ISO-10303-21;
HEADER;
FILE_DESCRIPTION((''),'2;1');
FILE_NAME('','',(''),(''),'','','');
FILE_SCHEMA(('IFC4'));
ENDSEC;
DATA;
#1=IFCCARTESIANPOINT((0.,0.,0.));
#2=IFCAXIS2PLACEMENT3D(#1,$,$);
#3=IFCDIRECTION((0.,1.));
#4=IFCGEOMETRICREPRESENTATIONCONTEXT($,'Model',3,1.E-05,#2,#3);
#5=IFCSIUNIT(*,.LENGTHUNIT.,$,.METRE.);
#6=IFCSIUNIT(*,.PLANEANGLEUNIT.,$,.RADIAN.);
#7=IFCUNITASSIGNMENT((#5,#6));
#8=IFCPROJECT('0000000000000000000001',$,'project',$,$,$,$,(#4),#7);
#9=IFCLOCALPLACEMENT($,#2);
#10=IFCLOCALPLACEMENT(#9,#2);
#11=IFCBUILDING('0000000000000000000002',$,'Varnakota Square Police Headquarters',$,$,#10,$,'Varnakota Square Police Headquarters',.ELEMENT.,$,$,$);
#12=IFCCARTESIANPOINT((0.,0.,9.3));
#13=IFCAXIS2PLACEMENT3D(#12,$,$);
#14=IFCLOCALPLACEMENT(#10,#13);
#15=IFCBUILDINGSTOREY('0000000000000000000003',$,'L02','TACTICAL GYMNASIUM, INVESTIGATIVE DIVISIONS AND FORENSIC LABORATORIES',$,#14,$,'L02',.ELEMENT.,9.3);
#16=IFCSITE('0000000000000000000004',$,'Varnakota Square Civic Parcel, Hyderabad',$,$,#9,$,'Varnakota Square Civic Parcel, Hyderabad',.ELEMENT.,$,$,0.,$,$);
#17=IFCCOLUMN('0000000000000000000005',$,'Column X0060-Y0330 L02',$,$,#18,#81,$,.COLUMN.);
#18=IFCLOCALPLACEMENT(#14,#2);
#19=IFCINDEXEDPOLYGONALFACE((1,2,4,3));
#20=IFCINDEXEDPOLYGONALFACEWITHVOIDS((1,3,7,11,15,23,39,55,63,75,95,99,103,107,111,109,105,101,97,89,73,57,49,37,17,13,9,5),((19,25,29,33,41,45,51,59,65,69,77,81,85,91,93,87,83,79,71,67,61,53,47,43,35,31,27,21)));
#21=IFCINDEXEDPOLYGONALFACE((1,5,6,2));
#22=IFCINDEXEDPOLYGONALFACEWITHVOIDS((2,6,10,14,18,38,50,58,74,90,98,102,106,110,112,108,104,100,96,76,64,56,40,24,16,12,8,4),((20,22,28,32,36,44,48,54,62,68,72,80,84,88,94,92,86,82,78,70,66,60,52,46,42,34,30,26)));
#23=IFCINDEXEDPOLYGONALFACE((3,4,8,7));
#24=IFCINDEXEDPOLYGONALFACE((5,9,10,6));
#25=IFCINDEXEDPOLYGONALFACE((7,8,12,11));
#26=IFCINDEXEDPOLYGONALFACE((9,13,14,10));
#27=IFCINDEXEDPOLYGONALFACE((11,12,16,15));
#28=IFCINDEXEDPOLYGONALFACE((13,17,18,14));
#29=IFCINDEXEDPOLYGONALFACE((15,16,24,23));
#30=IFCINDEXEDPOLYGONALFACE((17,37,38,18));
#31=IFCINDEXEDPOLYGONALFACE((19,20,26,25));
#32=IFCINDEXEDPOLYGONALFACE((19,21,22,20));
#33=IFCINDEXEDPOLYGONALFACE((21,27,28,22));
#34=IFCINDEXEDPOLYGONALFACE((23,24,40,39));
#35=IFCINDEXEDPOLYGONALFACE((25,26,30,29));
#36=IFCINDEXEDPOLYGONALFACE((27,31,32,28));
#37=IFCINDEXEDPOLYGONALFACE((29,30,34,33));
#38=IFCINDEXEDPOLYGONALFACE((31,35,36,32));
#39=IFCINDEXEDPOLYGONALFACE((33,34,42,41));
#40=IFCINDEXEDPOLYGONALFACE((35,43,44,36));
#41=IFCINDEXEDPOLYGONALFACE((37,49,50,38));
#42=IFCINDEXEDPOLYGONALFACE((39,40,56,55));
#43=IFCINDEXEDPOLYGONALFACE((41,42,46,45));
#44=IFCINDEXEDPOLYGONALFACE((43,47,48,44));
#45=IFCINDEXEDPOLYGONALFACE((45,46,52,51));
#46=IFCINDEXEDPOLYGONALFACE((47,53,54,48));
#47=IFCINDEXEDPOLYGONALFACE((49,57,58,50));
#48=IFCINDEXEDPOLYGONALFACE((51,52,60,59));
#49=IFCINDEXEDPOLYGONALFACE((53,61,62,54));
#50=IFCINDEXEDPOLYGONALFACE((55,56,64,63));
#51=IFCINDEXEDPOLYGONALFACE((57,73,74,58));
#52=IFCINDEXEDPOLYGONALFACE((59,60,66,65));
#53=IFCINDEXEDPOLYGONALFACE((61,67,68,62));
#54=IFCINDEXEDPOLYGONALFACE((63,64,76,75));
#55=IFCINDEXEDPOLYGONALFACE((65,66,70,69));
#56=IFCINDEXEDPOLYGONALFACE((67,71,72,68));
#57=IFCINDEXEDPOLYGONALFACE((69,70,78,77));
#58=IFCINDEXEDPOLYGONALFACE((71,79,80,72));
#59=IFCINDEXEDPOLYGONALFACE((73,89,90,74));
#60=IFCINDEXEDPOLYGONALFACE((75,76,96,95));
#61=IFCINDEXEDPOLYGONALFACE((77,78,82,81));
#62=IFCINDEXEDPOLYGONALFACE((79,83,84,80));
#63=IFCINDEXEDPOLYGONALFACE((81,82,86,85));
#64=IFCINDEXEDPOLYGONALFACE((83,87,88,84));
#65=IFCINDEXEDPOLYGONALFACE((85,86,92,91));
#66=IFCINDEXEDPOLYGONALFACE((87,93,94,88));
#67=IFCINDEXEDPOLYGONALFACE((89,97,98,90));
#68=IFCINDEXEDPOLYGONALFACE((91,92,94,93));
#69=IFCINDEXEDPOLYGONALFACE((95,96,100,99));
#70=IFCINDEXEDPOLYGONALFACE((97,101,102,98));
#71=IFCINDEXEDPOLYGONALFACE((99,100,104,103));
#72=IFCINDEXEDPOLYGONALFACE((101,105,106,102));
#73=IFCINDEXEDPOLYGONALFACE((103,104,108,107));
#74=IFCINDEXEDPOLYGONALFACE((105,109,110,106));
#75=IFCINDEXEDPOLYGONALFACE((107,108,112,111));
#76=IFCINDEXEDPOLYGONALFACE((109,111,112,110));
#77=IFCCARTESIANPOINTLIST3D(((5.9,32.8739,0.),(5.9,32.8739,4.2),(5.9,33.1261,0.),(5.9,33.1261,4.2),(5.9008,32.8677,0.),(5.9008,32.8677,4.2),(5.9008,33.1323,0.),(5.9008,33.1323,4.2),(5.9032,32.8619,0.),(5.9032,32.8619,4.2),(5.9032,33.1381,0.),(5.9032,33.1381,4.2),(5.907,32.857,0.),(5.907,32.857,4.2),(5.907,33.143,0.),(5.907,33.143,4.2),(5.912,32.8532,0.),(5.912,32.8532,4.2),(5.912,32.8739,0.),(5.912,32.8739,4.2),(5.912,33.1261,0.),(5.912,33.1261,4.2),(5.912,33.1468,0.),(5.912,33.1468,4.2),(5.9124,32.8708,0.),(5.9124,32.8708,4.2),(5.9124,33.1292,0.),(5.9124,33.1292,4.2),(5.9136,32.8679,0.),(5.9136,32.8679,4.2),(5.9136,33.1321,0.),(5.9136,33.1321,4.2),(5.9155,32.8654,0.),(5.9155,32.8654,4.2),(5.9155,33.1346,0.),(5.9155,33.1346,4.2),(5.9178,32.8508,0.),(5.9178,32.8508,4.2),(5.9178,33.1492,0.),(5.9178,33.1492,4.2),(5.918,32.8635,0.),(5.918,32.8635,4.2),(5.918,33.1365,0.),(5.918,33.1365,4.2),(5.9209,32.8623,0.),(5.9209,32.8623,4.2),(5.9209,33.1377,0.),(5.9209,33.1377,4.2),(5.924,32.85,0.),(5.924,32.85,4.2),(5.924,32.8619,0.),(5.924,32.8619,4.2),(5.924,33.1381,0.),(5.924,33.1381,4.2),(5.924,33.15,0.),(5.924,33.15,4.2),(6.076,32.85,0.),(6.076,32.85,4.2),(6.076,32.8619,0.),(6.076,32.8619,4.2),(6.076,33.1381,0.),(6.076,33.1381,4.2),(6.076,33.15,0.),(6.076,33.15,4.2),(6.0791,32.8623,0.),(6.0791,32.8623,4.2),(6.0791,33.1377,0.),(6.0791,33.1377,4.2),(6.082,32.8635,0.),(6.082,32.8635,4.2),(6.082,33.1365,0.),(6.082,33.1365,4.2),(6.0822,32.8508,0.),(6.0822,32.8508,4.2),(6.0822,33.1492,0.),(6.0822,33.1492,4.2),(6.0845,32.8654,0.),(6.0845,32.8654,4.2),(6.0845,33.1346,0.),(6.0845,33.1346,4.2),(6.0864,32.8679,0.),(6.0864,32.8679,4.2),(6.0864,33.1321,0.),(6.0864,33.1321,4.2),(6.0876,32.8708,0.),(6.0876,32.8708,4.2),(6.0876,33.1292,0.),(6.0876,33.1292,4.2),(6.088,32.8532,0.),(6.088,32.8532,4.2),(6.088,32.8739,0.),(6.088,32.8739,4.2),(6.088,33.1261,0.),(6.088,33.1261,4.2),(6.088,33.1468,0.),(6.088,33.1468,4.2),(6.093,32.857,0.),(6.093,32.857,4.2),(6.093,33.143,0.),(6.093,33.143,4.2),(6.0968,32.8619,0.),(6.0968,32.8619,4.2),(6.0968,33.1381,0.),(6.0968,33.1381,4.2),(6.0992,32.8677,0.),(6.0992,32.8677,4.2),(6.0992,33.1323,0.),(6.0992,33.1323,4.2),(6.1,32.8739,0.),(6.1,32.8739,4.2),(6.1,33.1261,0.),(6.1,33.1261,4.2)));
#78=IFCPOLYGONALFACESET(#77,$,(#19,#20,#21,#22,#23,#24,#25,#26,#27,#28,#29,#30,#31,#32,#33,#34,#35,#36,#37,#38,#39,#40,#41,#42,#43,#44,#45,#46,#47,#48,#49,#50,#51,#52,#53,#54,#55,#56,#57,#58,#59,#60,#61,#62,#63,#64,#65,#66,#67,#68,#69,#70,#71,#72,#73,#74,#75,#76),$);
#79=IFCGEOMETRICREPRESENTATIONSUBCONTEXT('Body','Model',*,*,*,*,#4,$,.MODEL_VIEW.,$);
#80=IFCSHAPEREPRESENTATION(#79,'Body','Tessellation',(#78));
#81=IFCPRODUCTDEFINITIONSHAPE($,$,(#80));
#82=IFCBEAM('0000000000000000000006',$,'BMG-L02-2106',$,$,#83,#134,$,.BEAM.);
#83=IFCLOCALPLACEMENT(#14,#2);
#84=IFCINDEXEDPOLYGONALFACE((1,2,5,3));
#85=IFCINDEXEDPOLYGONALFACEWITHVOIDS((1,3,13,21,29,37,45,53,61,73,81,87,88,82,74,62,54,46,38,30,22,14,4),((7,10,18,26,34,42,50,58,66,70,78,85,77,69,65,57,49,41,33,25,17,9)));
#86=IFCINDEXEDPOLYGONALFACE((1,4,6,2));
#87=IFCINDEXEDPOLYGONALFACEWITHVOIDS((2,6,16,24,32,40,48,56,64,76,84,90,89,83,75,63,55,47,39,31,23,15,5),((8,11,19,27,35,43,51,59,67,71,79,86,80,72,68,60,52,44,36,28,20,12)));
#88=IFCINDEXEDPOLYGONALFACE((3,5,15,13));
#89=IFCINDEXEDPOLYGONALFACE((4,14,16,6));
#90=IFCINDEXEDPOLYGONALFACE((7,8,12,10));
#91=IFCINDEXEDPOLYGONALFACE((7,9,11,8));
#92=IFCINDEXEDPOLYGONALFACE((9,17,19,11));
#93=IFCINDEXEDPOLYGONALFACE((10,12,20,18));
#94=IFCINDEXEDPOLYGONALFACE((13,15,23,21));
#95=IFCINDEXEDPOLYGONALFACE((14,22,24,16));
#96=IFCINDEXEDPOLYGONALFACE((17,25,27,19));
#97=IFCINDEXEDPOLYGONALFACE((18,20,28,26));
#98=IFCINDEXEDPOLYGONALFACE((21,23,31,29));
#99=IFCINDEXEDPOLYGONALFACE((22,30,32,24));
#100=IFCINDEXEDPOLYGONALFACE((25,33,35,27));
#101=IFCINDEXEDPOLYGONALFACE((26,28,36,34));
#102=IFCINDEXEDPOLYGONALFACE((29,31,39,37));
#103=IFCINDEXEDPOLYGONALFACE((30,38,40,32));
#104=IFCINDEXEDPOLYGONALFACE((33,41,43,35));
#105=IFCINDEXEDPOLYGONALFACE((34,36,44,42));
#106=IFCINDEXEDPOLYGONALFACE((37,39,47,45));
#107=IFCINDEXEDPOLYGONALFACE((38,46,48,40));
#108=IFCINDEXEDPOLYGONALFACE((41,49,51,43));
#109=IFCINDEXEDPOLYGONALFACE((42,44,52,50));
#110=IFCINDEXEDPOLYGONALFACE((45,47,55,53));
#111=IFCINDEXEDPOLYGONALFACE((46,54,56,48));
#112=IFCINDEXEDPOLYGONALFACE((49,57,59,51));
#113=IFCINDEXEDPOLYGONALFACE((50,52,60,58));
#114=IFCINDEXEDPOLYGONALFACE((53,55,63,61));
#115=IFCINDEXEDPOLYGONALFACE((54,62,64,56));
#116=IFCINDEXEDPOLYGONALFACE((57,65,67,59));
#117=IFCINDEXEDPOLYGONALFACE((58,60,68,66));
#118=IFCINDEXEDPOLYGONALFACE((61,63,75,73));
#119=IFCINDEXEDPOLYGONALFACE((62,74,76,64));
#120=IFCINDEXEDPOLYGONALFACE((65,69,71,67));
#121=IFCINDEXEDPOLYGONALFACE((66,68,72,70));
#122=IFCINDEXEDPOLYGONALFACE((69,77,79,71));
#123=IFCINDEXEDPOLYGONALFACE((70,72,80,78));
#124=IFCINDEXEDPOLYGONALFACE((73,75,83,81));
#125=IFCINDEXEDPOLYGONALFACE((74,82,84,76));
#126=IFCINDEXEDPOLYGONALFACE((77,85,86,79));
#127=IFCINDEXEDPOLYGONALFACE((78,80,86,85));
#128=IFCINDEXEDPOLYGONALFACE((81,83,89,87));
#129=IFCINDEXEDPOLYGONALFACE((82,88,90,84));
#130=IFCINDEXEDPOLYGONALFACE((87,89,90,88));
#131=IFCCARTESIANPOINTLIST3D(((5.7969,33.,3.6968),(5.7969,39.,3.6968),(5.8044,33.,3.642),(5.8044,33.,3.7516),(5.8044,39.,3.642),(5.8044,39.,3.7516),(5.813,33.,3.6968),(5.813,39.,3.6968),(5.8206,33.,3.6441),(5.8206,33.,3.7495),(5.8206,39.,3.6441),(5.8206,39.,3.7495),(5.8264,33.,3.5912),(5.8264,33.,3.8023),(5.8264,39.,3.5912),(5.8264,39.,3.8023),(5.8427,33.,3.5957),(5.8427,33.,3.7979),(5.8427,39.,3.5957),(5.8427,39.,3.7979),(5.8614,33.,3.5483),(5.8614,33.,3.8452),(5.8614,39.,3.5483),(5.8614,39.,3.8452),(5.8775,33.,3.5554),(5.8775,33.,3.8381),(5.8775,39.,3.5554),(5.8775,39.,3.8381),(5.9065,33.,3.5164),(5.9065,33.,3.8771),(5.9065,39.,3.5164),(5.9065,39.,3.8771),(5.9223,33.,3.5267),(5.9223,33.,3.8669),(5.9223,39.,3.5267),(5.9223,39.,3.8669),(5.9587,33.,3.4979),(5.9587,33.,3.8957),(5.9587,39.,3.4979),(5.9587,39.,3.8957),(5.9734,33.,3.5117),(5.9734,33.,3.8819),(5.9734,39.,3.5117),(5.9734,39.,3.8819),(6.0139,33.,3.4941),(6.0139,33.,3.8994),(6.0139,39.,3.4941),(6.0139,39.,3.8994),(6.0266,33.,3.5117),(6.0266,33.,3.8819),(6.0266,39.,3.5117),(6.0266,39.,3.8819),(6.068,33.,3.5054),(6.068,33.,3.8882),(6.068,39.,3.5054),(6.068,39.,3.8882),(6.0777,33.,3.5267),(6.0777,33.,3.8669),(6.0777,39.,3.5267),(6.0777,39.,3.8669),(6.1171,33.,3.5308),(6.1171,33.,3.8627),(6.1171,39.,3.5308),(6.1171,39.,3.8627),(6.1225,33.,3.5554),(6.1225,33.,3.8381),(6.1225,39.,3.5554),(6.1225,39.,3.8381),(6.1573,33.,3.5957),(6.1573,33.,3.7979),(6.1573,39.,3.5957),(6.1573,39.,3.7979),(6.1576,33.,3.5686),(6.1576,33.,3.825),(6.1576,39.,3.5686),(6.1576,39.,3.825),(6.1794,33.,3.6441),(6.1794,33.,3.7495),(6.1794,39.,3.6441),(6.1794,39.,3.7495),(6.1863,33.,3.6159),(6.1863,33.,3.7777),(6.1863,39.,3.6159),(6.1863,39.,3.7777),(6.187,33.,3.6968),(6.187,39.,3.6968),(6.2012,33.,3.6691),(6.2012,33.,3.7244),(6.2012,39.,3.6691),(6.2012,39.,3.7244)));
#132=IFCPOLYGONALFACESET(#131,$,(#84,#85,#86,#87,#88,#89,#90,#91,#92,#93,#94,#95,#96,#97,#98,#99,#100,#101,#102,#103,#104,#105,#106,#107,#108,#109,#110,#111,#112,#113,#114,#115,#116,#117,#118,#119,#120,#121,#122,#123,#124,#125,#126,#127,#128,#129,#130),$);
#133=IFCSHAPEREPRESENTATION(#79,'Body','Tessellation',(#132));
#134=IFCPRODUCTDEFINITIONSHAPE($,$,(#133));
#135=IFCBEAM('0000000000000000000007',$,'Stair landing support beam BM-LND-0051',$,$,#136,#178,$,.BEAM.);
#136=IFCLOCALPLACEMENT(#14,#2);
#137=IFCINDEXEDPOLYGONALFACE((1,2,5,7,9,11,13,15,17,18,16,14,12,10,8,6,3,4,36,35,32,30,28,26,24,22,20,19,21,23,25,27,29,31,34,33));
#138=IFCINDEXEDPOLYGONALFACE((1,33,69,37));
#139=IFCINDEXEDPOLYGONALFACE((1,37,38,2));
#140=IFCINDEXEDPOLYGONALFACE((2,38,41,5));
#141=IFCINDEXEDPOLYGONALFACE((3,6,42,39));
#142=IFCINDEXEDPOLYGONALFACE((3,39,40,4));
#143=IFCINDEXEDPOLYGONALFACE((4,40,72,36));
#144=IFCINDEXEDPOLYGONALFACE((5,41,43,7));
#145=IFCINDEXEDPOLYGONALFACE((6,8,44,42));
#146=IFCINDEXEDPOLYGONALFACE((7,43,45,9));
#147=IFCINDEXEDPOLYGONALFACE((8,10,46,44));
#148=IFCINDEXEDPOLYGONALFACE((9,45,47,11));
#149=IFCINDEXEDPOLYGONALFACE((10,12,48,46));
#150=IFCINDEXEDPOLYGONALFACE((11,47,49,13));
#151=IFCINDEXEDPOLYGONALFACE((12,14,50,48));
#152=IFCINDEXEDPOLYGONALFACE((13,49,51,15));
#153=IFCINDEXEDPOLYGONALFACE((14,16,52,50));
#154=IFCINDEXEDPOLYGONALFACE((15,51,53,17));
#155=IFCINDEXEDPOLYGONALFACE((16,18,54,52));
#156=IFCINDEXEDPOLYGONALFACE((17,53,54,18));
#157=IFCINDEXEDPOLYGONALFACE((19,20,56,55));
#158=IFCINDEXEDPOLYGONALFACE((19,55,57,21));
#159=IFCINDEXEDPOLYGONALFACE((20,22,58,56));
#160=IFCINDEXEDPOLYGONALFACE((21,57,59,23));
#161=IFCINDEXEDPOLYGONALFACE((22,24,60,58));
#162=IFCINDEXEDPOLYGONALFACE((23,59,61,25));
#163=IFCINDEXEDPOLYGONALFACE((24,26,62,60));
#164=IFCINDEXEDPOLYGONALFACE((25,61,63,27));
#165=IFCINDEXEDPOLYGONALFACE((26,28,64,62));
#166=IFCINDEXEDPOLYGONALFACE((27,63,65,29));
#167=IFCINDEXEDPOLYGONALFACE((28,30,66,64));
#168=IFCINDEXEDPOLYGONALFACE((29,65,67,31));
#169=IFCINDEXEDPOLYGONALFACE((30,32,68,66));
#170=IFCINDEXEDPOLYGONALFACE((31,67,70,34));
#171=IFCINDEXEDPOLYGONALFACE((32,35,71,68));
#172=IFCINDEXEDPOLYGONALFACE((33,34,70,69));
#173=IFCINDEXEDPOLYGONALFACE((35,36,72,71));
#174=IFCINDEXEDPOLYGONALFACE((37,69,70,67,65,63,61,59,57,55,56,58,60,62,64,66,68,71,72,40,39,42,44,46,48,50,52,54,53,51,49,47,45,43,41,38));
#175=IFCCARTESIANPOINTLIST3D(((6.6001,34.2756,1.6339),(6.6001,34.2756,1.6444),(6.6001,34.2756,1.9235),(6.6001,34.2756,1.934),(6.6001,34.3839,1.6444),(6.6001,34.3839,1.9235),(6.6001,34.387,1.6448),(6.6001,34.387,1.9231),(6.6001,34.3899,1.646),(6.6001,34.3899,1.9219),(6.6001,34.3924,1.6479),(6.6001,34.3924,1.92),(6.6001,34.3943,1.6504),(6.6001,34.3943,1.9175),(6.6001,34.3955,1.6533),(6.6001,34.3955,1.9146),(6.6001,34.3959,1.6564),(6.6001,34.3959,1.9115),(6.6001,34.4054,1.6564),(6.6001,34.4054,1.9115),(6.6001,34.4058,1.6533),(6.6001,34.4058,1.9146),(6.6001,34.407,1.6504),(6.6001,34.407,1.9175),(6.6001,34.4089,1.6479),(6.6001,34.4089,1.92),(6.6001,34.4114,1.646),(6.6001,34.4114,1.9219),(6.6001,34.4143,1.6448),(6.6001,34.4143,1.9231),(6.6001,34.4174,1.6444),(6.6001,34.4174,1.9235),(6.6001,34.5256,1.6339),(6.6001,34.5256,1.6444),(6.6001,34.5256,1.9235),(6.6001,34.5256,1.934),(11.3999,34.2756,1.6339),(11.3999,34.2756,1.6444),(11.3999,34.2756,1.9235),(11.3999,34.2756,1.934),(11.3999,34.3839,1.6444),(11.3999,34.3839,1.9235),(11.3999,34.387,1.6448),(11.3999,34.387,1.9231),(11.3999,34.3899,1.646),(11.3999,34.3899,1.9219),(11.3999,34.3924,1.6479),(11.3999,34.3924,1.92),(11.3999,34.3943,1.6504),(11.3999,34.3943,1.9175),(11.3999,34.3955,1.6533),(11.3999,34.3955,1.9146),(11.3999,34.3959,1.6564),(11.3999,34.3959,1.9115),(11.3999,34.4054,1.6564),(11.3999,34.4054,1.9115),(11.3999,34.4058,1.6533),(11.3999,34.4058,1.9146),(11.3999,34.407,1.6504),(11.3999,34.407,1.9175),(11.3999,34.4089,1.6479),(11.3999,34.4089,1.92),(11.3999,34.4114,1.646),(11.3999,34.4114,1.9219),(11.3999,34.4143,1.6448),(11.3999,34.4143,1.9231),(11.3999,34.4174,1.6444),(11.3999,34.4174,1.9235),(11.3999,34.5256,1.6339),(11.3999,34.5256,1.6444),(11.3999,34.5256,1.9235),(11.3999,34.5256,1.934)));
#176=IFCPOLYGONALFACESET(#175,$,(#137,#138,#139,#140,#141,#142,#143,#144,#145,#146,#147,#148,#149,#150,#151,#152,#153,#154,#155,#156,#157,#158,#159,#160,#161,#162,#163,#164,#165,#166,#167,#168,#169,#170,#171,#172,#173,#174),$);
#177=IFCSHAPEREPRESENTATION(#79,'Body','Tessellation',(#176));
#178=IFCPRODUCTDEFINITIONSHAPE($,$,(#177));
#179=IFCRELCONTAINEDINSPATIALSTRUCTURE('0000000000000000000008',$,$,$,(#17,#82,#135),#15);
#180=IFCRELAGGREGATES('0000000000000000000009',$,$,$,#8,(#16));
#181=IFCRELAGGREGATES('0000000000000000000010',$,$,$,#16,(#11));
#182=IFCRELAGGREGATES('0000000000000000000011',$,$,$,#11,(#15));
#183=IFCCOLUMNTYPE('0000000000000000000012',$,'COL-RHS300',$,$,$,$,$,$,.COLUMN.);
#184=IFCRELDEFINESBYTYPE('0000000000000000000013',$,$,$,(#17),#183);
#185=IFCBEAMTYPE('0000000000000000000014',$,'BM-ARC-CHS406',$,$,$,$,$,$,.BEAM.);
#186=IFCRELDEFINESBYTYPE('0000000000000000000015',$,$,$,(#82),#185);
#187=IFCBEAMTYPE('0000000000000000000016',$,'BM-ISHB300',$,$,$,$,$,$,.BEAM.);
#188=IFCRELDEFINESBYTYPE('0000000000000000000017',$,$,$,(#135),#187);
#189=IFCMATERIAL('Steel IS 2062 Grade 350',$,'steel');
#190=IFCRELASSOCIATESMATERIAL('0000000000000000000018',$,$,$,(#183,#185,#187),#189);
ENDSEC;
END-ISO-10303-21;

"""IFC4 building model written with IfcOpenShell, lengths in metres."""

from ifc_helpers import new_model, si_unit, direction, frame, origin, origin_2d, place, context, subcontext, project, spatial, hollow_rectangle, hollow_circle, i_section, extrude, material, material_profile, profile_set, type_object, element, save


model = new_model("IFC4")

# Units and contexts
model_context = context("Model", 3, precision=1e-05, world=origin(), true_north=direction((0.0, 1.0)))
body_context = subcontext(model_context, "Body", "Model", "MODEL_VIEW")
ifc_project = project(units=[si_unit("LENGTHUNIT", "METRE"), si_unit("PLANEANGLEUNIT", "RADIAN")], contexts=[model_context])

# Site, building, storey
site_placement = place(None, origin())
site = spatial("IfcSite", under=ifc_project, at=site_placement, Name="Varnakota Square Civic Parcel, Hyderabad", LongName="Varnakota Square Civic Parcel, Hyderabad", CompositionType="ELEMENT", RefElevation=0.0)
building_placement = place(site_placement, origin())
building = spatial("IfcBuilding", under=site, at=building_placement, Name="Varnakota Square Police Headquarters", LongName="Varnakota Square Police Headquarters", CompositionType="ELEMENT")
storey_placement = place(building_placement, frame((0.0, 0.0, 9.3)))
storey = spatial("IfcBuildingStorey", under=building, at=storey_placement, Name="L02", Description="TACTICAL GYMNASIUM, INVESTIGATIVE DIVISIONS AND FORENSIC LABORATORIES", LongName="L02", CompositionType="ELEMENT", Elevation=9.3)

# Column
ifc_material_1 = material(Name="Steel IS 2062 Grade 350", Category="steel")
ifc_material_profile_1 = material_profile(ifc_material_1, hollow_rectangle(XDim=0.2, YDim=0.3, WallThickness=0.012, InnerFilletRadius=0.012, OuterFilletRadius=0.0239, at=origin_2d()), Name="RHS 300x200x12")
ifc_profile_set_1 = profile_set([ifc_material_profile_1], Name="Steel IS 2062 Grade 350")
column_type = type_object("IfcColumnType", Name="COL-RHS300", PredefinedType="COLUMN", material=ifc_profile_set_1)
column_placement = place(storey_placement, frame((6.0, 33.0, 0.0), z_axis=(0.0, 0.0, 1.0), x_axis=(1.0, 0.0, 0.0)))
element("IfcColumn", 1, at=column_placement, inside=storey, type_object=column_type, Name="Column X0060-Y0330 L02", PredefinedType="COLUMN", context=body_context, shape_type="SweptSolid", body=[
    extrude(hollow_rectangle(XDim=0.2, YDim=0.3, WallThickness=0.012, InnerFilletRadius=0.012, OuterFilletRadius=0.0239, at=origin_2d()), origin(), (0.0, 0.0, 1.0), 4.2),
])

# Beams
ifc_material_profile_2 = material_profile(ifc_material_1, hollow_circle(Radius=0.2031, WallThickness=0.0161, at=origin_2d()), Name="CHS 406.4x16.0")
ifc_profile_set_2 = profile_set([ifc_material_profile_2], Name="Steel IS 2062 Grade 350")
beam_type_1 = type_object("IfcBeamType", Name="BM-ARC-CHS406", PredefinedType="BEAM", material=ifc_profile_set_2)
beam_placement = place(storey_placement, frame((6.0, 33.0, 3.6968), z_axis=(0.0, 1.0, 0.0), x_axis=(-1.0, 0.0, 0.0)))
element("IfcBeam", 2, at=beam_placement, inside=storey, type_object=beam_type_1, Name="BMG-L02-2106", PredefinedType="BEAM", context=body_context, shape_type="SweptSolid", body=[
    extrude(hollow_circle(Radius=0.2031, WallThickness=0.0161, at=origin_2d()), origin(), (0.0, 0.0, 1.0), 6.0),
])
ifc_material_profile_3 = material_profile(ifc_material_1, i_section(OverallWidth=0.25, OverallDepth=0.3, WebThickness=0.0095, FlangeThickness=0.0105, FilletRadius=0.012, at=origin_2d()), Name="ISHB 300")
ifc_profile_set_3 = profile_set([ifc_material_profile_3], Name="Steel IS 2062 Grade 350")
beam_type_2 = type_object("IfcBeamType", Name="BM-ISHB300", PredefinedType="BEAM", material=ifc_profile_set_3)
for number, where, z_axis, x_axis, name in (
    (3, (6.6001, 34.4006, 1.7839), (1.0, 0.0, 0.0), (0.0, 1.0, 0.0), "Stair landing support beam BM-LND-0051"),
):
    element("IfcBeam", number, at=place(storey_placement, frame(where, z_axis=z_axis, x_axis=x_axis)), inside=storey, type_object=beam_type_2, Name=name, PredefinedType="BEAM", context=body_context, shape_type="SweptSolid", body=[
        extrude(i_section(OverallWidth=0.25, OverallDepth=0.3, WebThickness=0.0095, FlangeThickness=0.0105, FilletRadius=0.012, at=origin_2d()), origin(), (0.0, 0.0, 1.0), 4.7998),
    ])

save(model, "model.ifc")
